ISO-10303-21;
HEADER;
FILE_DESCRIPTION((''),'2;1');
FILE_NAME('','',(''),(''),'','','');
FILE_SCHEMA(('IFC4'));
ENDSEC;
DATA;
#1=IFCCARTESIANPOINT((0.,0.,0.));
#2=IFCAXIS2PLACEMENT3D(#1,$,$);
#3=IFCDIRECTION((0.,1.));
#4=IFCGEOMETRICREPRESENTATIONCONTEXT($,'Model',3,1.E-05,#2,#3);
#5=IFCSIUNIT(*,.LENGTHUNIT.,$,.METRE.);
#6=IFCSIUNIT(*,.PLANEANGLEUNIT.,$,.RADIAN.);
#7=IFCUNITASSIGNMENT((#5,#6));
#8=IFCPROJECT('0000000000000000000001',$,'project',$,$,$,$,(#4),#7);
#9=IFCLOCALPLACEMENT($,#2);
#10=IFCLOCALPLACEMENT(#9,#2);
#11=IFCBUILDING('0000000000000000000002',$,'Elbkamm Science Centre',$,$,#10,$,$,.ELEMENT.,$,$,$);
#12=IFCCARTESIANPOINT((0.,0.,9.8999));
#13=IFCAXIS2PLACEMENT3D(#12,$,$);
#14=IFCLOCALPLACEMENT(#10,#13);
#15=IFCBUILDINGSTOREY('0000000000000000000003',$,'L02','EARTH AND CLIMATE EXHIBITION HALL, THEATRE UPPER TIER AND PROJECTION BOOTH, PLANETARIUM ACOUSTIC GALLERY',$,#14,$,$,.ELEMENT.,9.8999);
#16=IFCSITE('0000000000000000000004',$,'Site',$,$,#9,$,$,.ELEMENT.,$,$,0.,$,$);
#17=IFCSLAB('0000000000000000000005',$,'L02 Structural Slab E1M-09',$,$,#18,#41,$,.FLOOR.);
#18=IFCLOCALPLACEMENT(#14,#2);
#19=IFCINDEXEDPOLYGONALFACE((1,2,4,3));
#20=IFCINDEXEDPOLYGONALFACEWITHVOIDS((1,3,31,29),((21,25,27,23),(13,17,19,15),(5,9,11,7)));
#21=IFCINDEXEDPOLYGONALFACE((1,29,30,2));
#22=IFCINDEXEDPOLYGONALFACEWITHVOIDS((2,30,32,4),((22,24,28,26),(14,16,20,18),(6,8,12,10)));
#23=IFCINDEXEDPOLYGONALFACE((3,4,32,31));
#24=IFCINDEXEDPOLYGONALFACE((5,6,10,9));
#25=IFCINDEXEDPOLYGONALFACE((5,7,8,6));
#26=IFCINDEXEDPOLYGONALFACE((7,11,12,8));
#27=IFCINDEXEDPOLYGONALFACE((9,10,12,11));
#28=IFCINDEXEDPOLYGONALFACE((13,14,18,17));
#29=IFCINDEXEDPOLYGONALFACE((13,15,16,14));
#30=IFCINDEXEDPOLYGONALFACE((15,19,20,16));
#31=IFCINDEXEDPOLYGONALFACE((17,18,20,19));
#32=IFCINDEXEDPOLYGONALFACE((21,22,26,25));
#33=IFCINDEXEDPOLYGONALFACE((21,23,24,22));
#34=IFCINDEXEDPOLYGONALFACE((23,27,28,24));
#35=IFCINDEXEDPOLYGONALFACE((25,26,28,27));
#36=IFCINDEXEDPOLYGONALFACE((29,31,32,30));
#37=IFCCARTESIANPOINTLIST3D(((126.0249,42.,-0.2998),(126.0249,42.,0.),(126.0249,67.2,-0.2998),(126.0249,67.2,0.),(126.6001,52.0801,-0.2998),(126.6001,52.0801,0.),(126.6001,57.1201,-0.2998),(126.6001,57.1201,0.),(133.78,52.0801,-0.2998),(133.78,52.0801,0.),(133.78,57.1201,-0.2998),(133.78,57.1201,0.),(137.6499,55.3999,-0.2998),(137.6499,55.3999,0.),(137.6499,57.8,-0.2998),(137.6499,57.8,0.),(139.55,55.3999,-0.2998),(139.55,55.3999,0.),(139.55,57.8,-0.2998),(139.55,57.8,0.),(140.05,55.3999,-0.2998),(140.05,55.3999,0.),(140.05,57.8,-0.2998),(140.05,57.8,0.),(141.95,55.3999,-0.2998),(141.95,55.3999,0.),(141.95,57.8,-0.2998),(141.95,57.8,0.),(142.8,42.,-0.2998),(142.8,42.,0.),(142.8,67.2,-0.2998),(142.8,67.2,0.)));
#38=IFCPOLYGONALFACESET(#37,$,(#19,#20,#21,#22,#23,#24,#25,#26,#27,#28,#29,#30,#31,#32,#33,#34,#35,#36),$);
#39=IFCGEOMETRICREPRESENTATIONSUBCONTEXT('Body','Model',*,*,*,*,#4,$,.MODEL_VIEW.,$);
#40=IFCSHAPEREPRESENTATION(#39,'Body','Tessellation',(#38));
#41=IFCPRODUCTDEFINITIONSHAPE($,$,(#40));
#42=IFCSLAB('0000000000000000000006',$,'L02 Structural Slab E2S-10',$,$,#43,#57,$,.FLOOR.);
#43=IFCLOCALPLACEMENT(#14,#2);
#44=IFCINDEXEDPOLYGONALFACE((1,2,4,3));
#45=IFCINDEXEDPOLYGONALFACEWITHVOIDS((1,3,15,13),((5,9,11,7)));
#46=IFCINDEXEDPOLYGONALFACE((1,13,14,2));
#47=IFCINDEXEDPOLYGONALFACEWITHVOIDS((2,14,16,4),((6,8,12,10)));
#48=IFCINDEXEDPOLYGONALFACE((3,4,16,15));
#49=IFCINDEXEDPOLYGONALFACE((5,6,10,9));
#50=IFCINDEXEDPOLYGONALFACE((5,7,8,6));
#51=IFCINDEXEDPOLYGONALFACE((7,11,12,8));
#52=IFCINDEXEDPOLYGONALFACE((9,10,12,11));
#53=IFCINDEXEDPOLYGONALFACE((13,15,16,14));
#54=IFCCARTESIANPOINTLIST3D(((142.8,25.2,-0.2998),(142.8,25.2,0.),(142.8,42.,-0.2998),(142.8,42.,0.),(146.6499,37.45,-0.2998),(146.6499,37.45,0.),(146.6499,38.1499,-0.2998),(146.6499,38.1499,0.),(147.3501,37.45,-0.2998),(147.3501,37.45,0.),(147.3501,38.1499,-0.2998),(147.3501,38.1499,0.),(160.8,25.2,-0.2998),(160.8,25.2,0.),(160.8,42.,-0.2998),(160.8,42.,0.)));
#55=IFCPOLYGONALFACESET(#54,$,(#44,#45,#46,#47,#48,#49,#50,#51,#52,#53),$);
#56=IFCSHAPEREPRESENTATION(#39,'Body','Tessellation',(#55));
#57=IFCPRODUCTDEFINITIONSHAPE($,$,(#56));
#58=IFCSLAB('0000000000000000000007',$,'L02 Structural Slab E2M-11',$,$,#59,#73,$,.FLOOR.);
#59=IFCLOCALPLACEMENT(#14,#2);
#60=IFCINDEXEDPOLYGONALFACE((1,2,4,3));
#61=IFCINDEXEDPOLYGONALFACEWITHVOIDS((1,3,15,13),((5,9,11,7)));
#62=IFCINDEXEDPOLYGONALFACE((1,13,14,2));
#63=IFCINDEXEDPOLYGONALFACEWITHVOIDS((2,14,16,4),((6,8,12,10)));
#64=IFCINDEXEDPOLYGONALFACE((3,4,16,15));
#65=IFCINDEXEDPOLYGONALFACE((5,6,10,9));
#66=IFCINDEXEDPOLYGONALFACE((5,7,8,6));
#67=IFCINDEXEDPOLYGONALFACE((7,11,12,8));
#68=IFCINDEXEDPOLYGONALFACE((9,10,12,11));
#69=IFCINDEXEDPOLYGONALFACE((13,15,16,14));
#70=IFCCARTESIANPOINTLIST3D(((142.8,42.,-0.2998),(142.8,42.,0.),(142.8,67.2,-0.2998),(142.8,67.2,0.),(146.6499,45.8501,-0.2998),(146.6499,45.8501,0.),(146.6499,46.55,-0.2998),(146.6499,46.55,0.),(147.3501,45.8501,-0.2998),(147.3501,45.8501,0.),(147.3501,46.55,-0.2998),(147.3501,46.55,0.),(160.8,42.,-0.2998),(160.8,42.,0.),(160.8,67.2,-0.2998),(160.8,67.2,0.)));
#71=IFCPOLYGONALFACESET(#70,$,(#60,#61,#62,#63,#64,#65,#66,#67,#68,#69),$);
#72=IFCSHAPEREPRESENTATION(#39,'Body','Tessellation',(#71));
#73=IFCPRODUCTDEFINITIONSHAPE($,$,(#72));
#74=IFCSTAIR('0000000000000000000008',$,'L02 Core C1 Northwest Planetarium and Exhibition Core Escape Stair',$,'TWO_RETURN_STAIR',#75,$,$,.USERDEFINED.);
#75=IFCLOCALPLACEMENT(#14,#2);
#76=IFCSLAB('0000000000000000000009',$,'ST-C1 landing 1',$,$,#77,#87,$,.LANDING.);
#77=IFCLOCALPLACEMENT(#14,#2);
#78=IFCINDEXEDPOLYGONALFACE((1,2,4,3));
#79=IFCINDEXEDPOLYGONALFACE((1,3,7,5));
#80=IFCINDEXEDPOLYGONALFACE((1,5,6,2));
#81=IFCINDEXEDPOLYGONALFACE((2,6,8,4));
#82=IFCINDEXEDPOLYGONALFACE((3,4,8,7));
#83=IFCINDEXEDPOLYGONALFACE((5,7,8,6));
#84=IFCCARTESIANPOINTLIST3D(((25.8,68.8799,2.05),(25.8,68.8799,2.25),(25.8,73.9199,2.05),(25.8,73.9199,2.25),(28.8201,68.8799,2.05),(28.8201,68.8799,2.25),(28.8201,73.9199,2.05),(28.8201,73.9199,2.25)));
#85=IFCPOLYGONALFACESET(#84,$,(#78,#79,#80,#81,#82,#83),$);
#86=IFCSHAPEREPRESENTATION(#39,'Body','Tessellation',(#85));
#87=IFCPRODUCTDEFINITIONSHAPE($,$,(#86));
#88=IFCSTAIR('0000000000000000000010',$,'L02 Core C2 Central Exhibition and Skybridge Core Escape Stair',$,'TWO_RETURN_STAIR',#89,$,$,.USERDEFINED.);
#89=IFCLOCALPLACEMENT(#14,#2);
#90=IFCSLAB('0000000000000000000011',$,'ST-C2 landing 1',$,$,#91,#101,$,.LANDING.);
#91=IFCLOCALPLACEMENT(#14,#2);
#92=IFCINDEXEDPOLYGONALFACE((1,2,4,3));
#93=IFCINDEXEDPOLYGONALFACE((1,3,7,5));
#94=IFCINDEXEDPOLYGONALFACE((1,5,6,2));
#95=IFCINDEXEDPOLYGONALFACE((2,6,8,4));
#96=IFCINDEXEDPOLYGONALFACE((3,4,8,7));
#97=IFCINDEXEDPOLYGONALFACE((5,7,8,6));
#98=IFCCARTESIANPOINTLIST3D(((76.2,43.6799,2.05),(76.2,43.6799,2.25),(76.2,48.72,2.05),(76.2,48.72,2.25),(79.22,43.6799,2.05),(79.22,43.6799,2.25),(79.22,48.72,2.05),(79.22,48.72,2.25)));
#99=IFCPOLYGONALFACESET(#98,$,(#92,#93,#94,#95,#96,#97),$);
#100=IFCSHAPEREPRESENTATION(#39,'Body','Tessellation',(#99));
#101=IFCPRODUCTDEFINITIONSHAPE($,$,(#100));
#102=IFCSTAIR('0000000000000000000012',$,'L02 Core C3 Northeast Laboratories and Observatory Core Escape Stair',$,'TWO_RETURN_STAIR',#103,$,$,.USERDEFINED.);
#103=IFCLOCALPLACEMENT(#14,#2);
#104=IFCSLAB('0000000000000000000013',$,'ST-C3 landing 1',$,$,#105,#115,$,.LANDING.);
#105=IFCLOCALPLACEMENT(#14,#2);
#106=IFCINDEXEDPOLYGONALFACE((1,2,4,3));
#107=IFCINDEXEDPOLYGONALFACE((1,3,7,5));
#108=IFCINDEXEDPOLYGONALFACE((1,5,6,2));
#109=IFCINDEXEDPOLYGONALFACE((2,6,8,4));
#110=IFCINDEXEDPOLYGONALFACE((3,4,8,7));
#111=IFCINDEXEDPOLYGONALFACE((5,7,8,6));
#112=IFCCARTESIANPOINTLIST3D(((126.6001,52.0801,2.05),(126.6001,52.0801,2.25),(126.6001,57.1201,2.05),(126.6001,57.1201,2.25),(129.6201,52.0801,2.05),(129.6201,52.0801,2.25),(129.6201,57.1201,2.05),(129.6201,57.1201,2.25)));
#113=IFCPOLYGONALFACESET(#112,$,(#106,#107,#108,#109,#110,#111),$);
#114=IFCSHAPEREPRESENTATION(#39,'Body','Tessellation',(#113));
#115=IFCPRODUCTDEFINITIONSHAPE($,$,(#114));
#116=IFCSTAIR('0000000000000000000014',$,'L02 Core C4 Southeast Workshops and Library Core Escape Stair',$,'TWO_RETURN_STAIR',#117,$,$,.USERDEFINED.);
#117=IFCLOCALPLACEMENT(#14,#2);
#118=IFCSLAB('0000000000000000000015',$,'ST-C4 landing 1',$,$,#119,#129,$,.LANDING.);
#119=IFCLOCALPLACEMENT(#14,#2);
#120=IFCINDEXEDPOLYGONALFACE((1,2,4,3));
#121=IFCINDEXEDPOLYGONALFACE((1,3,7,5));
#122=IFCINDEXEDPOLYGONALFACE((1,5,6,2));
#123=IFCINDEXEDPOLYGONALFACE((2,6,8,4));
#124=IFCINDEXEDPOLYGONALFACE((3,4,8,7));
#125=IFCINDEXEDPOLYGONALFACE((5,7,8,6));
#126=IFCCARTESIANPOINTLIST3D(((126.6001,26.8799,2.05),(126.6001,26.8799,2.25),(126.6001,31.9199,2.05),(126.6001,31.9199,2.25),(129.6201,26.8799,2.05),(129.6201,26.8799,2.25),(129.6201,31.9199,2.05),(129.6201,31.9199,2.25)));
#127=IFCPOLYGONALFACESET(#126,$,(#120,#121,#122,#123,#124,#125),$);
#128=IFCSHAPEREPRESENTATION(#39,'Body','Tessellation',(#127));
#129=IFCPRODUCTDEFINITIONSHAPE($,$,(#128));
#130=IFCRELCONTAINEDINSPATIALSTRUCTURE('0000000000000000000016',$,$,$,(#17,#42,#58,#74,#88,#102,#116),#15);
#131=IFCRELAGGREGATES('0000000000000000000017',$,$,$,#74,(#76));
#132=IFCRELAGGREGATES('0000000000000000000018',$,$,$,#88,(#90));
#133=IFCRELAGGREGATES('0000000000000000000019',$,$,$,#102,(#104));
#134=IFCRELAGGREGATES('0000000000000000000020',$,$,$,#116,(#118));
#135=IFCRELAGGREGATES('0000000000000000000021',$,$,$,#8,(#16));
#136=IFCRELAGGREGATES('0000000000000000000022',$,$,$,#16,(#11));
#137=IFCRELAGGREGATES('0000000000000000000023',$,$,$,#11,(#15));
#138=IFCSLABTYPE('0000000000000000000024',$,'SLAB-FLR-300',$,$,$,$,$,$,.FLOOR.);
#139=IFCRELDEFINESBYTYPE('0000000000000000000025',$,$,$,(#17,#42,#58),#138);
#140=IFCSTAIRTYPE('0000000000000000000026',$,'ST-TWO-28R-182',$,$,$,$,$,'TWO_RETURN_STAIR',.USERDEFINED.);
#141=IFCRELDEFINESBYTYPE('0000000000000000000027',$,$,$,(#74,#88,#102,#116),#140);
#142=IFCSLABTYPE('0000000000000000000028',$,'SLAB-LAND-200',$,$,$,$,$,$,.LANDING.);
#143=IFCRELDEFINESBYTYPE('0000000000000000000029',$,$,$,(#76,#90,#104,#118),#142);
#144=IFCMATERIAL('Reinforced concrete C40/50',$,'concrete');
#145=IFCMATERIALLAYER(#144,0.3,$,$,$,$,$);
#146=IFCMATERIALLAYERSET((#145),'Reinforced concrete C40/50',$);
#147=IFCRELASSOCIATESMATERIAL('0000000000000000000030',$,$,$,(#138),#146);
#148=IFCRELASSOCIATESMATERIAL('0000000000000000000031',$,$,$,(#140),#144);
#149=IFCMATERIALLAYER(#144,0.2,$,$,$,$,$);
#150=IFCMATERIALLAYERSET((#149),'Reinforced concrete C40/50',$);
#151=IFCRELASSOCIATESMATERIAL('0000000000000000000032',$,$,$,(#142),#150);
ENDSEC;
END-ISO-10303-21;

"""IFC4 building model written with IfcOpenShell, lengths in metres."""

from ifc_helpers import new_model, si_unit, direction, frame, origin, place, context, subcontext, project, spatial, polyline, outline, extrude, material, layer, layer_set, type_object, element, aggregate, save


model = new_model("IFC4")

# Units and contexts
model_context = context("Model", 3, precision=1e-05, world=origin(), true_north=direction((0.0, 1.0)))
body_context = subcontext(model_context, "Body", "Model", "MODEL_VIEW")
ifc_project = project(units=[si_unit("LENGTHUNIT", "METRE"), si_unit("PLANEANGLEUNIT", "RADIAN")], contexts=[model_context])

# Site, building, storey
site_placement = place(None, origin())
site = spatial("IfcSite", under=ifc_project, at=site_placement, Name="Site", CompositionType="ELEMENT", RefElevation=0.0)
building_placement = place(site_placement, origin())
building = spatial("IfcBuilding", under=site, at=building_placement, Name="Elbkamm Science Centre", CompositionType="ELEMENT")
storey_placement = place(building_placement, frame((0.0, 0.0, 9.8999)))
storey = spatial("IfcBuildingStorey", under=building, at=storey_placement, Name="L02", Description="EARTH AND CLIMATE EXHIBITION HALL, THEATRE UPPER TIER AND PROJECTION BOOTH, PLANETARIUM ACOUSTIC GALLERY", CompositionType="ELEMENT", Elevation=9.8999)

# Slabs
ifc_material_1 = material(Name="Reinforced concrete C40/50", Category="concrete")
ifc_layer_1 = layer(ifc_material_1, 0.3)
ifc_layer_set_1 = layer_set([ifc_layer_1], Name="Reinforced concrete C40/50")
slab_type_1 = type_object("IfcSlabType", Name="SLAB-FLR-300", PredefinedType="FLOOR", material=ifc_layer_set_1)
slab_1_placement = place(storey_placement, frame((0.0, 0.0, -0.2998)))
element("IfcSlab", 1, at=slab_1_placement, inside=storey, type_object=slab_type_1, Name="L02 Structural Slab E1M-09", PredefinedType="FLOOR", context=body_context, shape_type="SweptSolid", body=[
    extrude(outline(polyline([(126.0249, 67.2), (142.8, 67.2), (142.8, 42.0), (126.0249, 42.0), (126.0249, 67.2)]), holes=[polyline([(126.6001, 52.0801), (133.78, 52.0801), (133.78, 57.1201), (126.6001, 57.1201), (126.6001, 52.0801)]), polyline([(137.6499, 55.3999), (139.55, 55.3999), (139.55, 57.8), (137.6499, 57.8), (137.6499, 55.3999)]), polyline([(140.05, 57.8), (140.05, 55.3999), (141.95, 55.3999), (141.95, 57.8), (140.05, 57.8)])]), origin(), (0.0, 0.0, 1.0), 0.2998),
])
slab_2_placement = place(storey_placement, frame((0.0, 0.0, -0.2998)))
element("IfcSlab", 2, at=slab_2_placement, inside=storey, type_object=slab_type_1, Name="L02 Structural Slab E2S-10", PredefinedType="FLOOR", context=body_context, shape_type="SweptSolid", body=[
    extrude(outline(polyline([(142.8, 25.2), (142.8, 42.0), (160.8, 42.0), (160.8, 25.2), (142.8, 25.2)]), holes=[polyline([(147.3501, 38.1499), (146.6499, 38.1499), (146.6499, 37.45), (147.3501, 37.45), (147.3501, 38.1499)])]), origin(), (0.0, 0.0, 1.0), 0.2998),
])
slab_3_placement = place(storey_placement, frame((0.0, 0.0, -0.2998)))
element("IfcSlab", 3, at=slab_3_placement, inside=storey, type_object=slab_type_1, Name="L02 Structural Slab E2M-11", PredefinedType="FLOOR", context=body_context, shape_type="SweptSolid", body=[
    extrude(outline(polyline([(142.8, 42.0), (142.8, 67.2), (160.8, 67.2), (160.8, 42.0), (142.8, 42.0)]), holes=[polyline([(147.3501, 46.55), (146.6499, 46.55), (146.6499, 45.8501), (147.3501, 45.8501), (147.3501, 46.55)])]), origin(), (0.0, 0.0, 1.0), 0.2998),
])

# Stairs, slabs
stair_type = type_object("IfcStairType", Name="ST-TWO-28R-182", ElementType="TWO_RETURN_STAIR", PredefinedType="USERDEFINED", material=ifc_material_1)
stair_1_placement = place(storey_placement, origin())
stair_1 = element("IfcStair", 4, at=stair_1_placement, inside=storey, type_object=stair_type, Name="L02 Core C1 Northwest Planetarium and Exhibition Core Escape Stair", ObjectType="TWO_RETURN_STAIR", PredefinedType="USERDEFINED")
ifc_layer_2 = layer(ifc_material_1, 0.2)
ifc_layer_set_2 = layer_set([ifc_layer_2], Name="Reinforced concrete C40/50")
slab_type_2 = type_object("IfcSlabType", Name="SLAB-LAND-200", PredefinedType="LANDING", material=ifc_layer_set_2)
slab_4_placement = place(storey_placement, frame((0.0, 0.0, 2.05)))
slab_4 = element("IfcSlab", 5, at=slab_4_placement, type_object=slab_type_2, Name="ST-C1 landing 1", PredefinedType="LANDING", context=body_context, shape_type="SweptSolid", body=[
    extrude(outline(polyline([(28.8201, 73.9199), (25.8, 73.9199), (25.8, 68.8799), (28.8201, 68.8799), (28.8201, 73.9199)])), origin(), (0.0, 0.0, 1.0), 0.2),
])
aggregate(stair_1, [slab_4])
stair_2_placement = place(storey_placement, origin())
stair_2 = element("IfcStair", 6, at=stair_2_placement, inside=storey, type_object=stair_type, Name="L02 Core C2 Central Exhibition and Skybridge Core Escape Stair", ObjectType="TWO_RETURN_STAIR", PredefinedType="USERDEFINED")
slab_5_placement = place(storey_placement, frame((0.0, 0.0, 2.05)))
slab_5 = element("IfcSlab", 7, at=slab_5_placement, type_object=slab_type_2, Name="ST-C2 landing 1", PredefinedType="LANDING", context=body_context, shape_type="SweptSolid", body=[
    extrude(outline(polyline([(79.22, 48.72), (76.2, 48.72), (76.2, 43.6799), (79.22, 43.6799), (79.22, 48.72)])), origin(), (0.0, 0.0, 1.0), 0.2),
])
aggregate(stair_2, [slab_5])
stair_3_placement = place(storey_placement, origin())
stair_3 = element("IfcStair", 8, at=stair_3_placement, inside=storey, type_object=stair_type, Name="L02 Core C3 Northeast Laboratories and Observatory Core Escape Stair", ObjectType="TWO_RETURN_STAIR", PredefinedType="USERDEFINED")
slab_6_placement = place(storey_placement, frame((0.0, 0.0, 2.05)))
slab_6 = element("IfcSlab", 9, at=slab_6_placement, type_object=slab_type_2, Name="ST-C3 landing 1", PredefinedType="LANDING", context=body_context, shape_type="SweptSolid", body=[
    extrude(outline(polyline([(129.6201, 57.1201), (126.6001, 57.1201), (126.6001, 52.0801), (129.6201, 52.0801), (129.6201, 57.1201)])), origin(), (0.0, 0.0, 1.0), 0.2),
])
aggregate(stair_3, [slab_6])
stair_4_placement = place(storey_placement, origin())
stair_4 = element("IfcStair", 10, at=stair_4_placement, inside=storey, type_object=stair_type, Name="L02 Core C4 Southeast Workshops and Library Core Escape Stair", ObjectType="TWO_RETURN_STAIR", PredefinedType="USERDEFINED")
slab_7_placement = place(storey_placement, frame((0.0, 0.0, 2.05)))
slab_7 = element("IfcSlab", 11, at=slab_7_placement, type_object=slab_type_2, Name="ST-C4 landing 1", PredefinedType="LANDING", context=body_context, shape_type="SweptSolid", body=[
    extrude(outline(polyline([(129.6201, 31.9199), (126.6001, 31.9199), (126.6001, 26.8799), (129.6201, 26.8799), (129.6201, 31.9199)])), origin(), (0.0, 0.0, 1.0), 0.2),
])
aggregate(stair_4, [slab_7])

save(model, "model.ifc")
